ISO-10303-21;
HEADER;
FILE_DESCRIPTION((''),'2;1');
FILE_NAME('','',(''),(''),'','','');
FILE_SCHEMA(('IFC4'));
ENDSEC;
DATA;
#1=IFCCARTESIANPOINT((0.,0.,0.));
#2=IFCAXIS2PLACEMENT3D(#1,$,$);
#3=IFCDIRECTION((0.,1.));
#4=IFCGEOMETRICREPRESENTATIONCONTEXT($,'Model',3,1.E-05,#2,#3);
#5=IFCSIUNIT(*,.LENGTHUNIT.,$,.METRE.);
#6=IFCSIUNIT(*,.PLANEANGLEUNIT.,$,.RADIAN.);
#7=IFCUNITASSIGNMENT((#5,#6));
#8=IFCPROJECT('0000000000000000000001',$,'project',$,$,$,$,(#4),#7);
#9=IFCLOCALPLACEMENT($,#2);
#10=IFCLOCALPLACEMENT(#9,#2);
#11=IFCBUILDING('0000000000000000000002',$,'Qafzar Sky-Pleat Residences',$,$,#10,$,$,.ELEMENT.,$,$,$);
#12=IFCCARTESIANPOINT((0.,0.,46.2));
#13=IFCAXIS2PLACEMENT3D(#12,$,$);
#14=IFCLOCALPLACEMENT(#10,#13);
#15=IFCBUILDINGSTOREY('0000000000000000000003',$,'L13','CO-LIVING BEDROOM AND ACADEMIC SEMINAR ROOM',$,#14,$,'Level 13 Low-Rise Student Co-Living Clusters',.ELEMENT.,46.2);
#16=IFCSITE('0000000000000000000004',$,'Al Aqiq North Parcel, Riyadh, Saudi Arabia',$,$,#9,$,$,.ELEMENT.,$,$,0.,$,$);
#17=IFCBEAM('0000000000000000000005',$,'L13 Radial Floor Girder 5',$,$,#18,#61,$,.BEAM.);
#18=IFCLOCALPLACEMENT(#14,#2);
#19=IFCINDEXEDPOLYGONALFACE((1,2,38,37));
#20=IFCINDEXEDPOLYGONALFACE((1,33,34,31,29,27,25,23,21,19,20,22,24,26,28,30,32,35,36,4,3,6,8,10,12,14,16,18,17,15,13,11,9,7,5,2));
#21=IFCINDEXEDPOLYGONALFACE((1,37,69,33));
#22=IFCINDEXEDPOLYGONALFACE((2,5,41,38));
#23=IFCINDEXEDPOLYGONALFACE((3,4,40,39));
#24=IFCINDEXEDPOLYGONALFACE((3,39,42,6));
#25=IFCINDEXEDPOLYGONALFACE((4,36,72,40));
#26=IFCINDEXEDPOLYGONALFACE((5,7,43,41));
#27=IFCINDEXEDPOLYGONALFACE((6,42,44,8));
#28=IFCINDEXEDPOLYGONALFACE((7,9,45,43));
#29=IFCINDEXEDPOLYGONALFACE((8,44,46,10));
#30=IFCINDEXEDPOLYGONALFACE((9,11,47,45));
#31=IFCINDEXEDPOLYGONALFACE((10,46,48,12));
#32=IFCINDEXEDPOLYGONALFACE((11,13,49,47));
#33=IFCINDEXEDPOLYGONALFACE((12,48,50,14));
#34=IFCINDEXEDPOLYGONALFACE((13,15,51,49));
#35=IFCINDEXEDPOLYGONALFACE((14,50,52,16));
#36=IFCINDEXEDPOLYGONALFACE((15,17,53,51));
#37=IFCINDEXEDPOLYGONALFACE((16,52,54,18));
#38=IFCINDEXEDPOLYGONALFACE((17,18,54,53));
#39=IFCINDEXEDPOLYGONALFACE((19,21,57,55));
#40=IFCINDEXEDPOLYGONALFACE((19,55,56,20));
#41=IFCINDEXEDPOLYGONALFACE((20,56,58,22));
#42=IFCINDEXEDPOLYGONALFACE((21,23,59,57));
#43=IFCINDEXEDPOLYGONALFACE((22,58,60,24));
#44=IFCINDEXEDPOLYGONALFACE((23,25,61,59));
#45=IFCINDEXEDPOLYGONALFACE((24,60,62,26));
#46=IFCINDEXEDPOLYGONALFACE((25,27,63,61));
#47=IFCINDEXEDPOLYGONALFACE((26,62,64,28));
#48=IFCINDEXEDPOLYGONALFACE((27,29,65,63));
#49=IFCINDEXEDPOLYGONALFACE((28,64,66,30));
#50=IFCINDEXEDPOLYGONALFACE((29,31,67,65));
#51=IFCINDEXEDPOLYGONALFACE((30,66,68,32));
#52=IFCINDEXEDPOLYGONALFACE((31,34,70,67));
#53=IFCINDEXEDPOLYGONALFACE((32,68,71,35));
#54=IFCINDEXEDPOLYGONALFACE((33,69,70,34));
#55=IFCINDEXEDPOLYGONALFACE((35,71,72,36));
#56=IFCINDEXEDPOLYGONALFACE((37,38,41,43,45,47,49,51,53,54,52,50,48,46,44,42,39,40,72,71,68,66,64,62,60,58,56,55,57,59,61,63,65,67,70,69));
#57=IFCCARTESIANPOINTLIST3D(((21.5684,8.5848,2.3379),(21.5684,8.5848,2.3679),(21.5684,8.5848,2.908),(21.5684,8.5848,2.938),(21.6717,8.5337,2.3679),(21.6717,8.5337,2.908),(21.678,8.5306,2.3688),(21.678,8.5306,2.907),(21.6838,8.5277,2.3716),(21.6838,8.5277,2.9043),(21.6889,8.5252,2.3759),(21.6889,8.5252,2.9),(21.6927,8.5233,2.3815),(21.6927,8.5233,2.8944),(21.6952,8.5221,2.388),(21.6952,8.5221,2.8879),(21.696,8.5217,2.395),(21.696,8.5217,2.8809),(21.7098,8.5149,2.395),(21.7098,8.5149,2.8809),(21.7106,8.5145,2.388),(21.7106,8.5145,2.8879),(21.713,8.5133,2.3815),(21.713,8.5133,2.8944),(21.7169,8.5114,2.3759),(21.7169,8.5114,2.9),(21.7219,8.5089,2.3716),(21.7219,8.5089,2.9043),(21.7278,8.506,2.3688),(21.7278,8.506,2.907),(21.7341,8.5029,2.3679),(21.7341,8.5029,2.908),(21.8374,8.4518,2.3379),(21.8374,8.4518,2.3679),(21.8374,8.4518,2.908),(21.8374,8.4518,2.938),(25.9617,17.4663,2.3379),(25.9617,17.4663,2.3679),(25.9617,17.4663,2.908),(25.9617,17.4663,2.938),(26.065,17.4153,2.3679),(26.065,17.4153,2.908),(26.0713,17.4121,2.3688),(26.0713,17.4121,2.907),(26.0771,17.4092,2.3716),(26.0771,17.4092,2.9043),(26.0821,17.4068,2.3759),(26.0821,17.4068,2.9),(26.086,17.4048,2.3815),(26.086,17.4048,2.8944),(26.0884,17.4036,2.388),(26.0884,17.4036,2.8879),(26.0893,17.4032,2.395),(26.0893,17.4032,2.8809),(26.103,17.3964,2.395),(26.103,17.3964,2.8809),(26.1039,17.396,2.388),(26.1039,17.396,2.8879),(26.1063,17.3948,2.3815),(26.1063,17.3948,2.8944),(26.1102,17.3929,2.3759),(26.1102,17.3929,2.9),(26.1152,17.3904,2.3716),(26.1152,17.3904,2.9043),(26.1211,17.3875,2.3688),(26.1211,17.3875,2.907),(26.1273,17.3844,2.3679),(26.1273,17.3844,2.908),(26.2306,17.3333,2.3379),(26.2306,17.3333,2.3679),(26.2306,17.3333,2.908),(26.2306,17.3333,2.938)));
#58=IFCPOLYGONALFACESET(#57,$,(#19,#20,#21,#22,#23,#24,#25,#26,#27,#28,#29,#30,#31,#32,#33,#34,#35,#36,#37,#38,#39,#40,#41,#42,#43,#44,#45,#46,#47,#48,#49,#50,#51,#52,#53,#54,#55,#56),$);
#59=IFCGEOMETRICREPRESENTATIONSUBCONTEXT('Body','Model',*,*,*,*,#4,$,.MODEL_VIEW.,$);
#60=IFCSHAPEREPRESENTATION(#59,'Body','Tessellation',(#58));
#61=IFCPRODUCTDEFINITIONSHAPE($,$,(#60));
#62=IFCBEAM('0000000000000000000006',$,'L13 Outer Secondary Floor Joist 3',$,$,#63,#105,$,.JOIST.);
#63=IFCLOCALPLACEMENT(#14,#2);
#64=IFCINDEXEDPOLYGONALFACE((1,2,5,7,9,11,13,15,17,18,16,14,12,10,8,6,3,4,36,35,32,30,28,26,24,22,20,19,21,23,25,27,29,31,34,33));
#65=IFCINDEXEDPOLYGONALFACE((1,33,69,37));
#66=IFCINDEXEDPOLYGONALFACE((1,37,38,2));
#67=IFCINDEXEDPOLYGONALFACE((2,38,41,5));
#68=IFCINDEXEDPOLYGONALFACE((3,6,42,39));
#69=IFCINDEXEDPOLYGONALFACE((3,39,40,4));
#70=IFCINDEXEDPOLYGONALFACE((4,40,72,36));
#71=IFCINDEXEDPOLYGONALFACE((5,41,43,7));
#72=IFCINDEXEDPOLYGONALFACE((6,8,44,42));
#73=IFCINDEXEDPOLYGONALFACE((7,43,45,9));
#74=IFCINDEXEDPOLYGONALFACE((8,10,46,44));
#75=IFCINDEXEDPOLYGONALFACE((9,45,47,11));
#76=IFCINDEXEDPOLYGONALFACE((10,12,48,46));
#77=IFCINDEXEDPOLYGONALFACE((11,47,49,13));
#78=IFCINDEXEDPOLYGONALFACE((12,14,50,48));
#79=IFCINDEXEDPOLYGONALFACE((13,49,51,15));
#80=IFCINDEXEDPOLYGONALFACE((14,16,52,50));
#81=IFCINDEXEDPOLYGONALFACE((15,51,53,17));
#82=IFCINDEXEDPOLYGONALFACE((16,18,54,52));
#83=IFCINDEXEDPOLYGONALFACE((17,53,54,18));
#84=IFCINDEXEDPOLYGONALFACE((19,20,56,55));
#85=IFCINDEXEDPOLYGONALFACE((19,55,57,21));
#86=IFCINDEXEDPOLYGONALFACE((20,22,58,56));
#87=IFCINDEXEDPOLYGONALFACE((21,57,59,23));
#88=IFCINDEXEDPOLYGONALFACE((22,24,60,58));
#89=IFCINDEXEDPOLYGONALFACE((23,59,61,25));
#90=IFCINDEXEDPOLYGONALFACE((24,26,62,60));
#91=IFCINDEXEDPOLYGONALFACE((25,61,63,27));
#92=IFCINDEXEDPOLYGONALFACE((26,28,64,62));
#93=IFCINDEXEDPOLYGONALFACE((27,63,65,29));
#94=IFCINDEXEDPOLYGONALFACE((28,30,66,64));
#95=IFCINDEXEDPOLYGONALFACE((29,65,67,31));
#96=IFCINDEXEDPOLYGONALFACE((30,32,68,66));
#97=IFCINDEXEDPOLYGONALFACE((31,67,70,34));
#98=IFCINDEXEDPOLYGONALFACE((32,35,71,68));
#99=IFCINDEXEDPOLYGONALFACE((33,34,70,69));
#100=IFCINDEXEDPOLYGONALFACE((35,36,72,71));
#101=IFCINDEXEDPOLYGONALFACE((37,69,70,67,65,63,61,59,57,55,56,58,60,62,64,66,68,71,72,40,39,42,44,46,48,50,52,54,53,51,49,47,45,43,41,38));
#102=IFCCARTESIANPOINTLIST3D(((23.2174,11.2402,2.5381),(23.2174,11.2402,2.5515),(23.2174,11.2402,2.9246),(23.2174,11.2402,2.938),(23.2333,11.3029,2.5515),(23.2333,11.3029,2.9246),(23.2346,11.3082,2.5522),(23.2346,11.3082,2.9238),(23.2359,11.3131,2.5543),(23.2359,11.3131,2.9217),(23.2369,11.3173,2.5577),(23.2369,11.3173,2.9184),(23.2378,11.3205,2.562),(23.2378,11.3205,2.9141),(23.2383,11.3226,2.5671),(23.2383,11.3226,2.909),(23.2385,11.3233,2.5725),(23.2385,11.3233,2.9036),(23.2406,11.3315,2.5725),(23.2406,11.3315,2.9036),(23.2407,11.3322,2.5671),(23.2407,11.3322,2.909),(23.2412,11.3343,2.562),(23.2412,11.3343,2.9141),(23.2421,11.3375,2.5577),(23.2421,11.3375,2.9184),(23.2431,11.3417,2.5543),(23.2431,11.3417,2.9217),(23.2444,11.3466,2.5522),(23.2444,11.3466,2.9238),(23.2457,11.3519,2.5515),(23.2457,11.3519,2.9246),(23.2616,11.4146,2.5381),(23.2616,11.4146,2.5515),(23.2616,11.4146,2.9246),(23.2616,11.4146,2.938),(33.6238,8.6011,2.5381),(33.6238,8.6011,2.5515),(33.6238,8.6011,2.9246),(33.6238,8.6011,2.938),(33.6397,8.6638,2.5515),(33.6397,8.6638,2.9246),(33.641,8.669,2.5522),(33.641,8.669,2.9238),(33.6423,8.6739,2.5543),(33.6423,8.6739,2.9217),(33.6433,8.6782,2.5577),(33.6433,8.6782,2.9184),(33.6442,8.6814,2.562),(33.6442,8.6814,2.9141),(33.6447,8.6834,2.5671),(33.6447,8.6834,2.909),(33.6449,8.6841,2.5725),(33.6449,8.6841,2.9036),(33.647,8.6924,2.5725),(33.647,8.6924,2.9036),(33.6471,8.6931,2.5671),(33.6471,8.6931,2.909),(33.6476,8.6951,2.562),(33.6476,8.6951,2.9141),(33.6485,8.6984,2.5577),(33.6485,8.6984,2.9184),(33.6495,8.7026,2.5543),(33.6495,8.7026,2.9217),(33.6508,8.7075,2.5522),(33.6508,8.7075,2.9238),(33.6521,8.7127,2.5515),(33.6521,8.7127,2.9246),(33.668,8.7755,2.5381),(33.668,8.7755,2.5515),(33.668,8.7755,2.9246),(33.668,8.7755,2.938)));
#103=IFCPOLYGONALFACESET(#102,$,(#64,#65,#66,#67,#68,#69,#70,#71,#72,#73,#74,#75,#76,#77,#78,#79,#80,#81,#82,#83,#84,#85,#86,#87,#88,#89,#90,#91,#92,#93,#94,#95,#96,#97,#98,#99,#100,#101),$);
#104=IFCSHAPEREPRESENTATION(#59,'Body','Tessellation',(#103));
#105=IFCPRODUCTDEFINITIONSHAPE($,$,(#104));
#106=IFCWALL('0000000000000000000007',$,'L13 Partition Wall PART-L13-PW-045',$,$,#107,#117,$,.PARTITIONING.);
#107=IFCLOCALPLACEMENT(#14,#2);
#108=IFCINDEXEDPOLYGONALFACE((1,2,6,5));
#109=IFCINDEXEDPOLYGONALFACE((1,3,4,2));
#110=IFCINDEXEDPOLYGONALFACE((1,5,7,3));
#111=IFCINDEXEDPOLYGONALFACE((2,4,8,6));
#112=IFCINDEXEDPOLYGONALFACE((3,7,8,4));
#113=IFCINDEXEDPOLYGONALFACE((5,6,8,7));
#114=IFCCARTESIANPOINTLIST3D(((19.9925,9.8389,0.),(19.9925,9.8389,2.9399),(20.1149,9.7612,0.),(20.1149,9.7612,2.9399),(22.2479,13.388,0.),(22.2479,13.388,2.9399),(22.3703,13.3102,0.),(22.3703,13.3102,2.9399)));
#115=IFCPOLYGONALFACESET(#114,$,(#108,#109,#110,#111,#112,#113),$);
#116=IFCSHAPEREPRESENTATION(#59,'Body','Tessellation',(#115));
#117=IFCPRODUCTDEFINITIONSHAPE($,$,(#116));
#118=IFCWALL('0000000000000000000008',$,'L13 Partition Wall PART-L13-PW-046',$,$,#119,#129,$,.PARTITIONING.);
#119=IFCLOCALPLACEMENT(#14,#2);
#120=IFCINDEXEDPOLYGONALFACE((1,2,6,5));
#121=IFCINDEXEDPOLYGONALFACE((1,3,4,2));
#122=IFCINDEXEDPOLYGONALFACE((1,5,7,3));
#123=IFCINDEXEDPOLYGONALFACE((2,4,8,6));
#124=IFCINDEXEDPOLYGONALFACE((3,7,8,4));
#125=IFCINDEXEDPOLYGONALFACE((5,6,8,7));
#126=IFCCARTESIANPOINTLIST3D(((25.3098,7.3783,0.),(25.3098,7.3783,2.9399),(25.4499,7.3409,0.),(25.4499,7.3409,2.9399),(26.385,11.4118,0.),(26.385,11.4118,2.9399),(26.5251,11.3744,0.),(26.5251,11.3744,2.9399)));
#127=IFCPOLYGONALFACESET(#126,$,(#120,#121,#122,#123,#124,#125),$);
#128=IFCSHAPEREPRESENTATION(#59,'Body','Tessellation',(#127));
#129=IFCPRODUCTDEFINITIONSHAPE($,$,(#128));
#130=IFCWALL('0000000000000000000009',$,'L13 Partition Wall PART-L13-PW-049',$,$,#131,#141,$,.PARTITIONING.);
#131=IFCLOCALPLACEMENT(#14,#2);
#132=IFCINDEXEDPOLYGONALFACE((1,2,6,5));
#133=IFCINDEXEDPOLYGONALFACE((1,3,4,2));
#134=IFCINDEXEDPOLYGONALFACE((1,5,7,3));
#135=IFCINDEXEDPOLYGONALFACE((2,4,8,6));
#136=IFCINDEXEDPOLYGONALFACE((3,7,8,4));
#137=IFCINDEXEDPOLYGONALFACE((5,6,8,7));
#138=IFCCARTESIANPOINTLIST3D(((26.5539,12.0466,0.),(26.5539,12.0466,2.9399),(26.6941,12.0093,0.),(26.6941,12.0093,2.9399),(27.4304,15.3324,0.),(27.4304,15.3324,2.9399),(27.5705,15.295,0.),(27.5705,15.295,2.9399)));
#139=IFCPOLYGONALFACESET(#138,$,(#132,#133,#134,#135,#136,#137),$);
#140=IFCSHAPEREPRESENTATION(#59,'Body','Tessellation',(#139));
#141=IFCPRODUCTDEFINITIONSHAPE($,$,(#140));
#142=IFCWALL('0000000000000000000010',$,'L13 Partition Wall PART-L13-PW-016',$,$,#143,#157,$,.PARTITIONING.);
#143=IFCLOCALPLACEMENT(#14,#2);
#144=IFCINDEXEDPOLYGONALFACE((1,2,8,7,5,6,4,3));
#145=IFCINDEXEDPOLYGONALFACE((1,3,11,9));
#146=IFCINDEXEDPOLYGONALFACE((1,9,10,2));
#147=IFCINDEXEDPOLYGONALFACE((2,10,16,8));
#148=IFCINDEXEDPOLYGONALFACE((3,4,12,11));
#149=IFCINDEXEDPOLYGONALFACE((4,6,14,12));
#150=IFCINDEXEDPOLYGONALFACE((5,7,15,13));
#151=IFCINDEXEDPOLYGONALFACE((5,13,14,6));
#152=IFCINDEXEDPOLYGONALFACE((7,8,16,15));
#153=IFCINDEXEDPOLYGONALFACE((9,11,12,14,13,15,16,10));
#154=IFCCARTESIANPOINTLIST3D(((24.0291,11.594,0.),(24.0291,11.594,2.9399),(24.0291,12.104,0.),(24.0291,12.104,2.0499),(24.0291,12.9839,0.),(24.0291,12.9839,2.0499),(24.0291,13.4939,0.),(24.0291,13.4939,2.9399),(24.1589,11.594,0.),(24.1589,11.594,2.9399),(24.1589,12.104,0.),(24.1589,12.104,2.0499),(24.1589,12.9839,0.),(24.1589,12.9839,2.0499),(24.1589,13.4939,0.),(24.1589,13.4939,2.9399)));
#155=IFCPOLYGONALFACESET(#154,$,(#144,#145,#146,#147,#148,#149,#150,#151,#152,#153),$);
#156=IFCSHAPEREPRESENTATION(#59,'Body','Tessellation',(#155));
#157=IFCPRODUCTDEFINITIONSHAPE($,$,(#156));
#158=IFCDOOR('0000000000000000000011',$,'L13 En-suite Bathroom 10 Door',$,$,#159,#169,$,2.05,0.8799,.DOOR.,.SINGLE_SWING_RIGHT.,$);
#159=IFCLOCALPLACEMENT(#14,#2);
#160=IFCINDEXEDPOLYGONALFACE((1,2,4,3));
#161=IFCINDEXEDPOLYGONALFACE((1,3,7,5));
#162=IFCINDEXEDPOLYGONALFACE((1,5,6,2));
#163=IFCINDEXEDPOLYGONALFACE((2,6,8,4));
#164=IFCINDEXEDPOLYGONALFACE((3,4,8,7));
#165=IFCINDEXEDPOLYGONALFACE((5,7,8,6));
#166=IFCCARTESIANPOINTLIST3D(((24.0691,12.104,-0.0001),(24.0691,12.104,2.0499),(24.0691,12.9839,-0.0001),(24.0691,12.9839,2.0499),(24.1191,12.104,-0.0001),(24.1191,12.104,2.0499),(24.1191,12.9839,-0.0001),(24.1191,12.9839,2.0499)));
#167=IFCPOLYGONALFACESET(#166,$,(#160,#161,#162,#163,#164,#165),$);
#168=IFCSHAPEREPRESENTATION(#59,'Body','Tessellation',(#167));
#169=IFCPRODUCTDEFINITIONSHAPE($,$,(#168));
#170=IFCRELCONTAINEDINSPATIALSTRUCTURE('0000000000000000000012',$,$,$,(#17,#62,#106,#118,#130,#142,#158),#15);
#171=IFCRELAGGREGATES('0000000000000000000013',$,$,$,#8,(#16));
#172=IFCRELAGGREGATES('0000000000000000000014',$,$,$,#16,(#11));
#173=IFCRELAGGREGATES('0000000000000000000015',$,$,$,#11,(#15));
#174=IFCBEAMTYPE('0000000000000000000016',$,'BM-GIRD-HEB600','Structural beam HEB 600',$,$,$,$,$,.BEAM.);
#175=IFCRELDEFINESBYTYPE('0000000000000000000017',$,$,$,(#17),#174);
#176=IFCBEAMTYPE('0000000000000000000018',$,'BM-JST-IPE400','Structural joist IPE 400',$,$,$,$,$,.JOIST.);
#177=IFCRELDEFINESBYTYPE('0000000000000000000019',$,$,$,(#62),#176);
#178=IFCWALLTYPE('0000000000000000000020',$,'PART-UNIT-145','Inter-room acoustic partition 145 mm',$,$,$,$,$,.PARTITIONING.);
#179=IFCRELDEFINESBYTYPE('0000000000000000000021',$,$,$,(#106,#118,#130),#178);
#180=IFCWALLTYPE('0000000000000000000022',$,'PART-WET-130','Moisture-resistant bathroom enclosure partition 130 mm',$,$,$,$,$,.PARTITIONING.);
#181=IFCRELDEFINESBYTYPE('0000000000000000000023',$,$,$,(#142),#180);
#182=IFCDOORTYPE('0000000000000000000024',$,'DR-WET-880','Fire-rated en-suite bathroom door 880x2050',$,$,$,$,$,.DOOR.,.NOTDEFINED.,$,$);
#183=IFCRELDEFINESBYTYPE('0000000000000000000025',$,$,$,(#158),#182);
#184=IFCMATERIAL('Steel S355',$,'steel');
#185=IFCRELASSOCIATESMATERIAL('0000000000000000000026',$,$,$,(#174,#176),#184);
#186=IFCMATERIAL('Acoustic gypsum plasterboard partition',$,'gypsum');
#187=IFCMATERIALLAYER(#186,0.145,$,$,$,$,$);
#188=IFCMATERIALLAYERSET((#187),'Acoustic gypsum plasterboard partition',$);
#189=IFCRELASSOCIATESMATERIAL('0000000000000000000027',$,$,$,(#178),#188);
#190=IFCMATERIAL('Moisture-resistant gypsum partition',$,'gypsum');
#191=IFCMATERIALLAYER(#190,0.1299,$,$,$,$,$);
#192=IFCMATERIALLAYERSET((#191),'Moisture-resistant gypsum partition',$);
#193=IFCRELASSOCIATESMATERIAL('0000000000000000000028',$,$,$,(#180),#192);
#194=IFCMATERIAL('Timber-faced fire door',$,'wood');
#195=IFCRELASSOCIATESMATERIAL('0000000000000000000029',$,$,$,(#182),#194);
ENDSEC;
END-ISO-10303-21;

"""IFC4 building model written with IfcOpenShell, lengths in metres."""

from ifc_helpers import new_model, si_unit, direction, frame, frame_2d, origin, origin_2d, place, context, subcontext, project, spatial, rectangle, i_section, extrude, source, transform, mapped, material, layer, layer_set, material_profile, profile_set, type_object, element, fill, save


model = new_model("IFC4")

# Units and contexts
model_context = context("Model", 3, precision=1e-05, world=origin(), true_north=direction((0.0, 1.0)))
body_context = subcontext(model_context, "Body", "Model", "MODEL_VIEW")
ifc_project = project(units=[si_unit("LENGTHUNIT", "METRE"), si_unit("PLANEANGLEUNIT", "RADIAN")], contexts=[model_context])

# Site, building, storey
site_placement = place(None, origin())
site = spatial("IfcSite", under=ifc_project, at=site_placement, Name="Al Aqiq North Parcel, Riyadh, Saudi Arabia", CompositionType="ELEMENT", RefElevation=0.0)
building_placement = place(site_placement, origin())
building = spatial("IfcBuilding", under=site, at=building_placement, Name="Qafzar Sky-Pleat Residences", CompositionType="ELEMENT")
storey_placement = place(building_placement, frame((0.0, 0.0, 46.2)))
storey = spatial("IfcBuildingStorey", under=building, at=storey_placement, Name="L13", Description="CO-LIVING BEDROOM AND ACADEMIC SEMINAR ROOM", LongName="Level 13 Low-Rise Student Co-Living Clusters", CompositionType="ELEMENT", Elevation=46.2)

# Beams
ifc_material_1 = material(Name="Steel S355", Category="steel")
ifc_material_profile_1 = material_profile(ifc_material_1, i_section(OverallWidth=0.3, OverallDepth=0.6001, WebThickness=0.0154, FlangeThickness=0.03, FilletRadius=0.0271, at=origin_2d()), Name="HEB 600")
ifc_profile_set_1 = profile_set([ifc_material_profile_1], Name="Steel S355")
beam_type_1 = type_object("IfcBeamType", Name="BM-GIRD-HEB600", Description="Structural beam HEB 600", PredefinedType="BEAM", material=ifc_profile_set_1)
shared_shape_1 = source(origin(), body_context, "Body", "SweptSolid", [
    extrude(i_section(OverallWidth=0.3, OverallDepth=0.6001, WebThickness=0.0154, FlangeThickness=0.03, FilletRadius=0.0271, at=origin_2d()), origin(), (0.0, 0.0, 1.0), 9.9087),
])
beam_1_placement = place(storey_placement, frame((21.7029, 8.5183, 2.6379), z_axis=(0.443376, 0.896336, 0.0), x_axis=(-0.896336, 0.443376, 0.0)))
element("IfcBeam", 1, at=beam_1_placement, inside=storey, type_object=beam_type_1, Name="L13 Radial Floor Girder 5", PredefinedType="BEAM", context=body_context, shape_type="MappedRepresentation", body=[
    mapped(shared_shape_1, transform((0.0, 0.0, 0.0), x_axis=(1.0, 0.0, 0.0), y_axis=(0.0, 1.0, 0.0), z_axis=(0.0, 0.0, 1.0), scale=1.0)),
])
ifc_material_profile_2 = material_profile(ifc_material_1, i_section(OverallWidth=0.1799, OverallDepth=0.3999, WebThickness=0.0085, FlangeThickness=0.0134, FilletRadius=0.021, at=origin_2d()), Name="IPE 400")
ifc_profile_set_2 = profile_set([ifc_material_profile_2], Name="Steel S355")
beam_type_2 = type_object("IfcBeamType", Name="BM-JST-IPE400", Description="Structural joist IPE 400", PredefinedType="JOIST", material=ifc_profile_set_2)
shared_shape_2 = source(origin(), body_context, "Body", "SweptSolid", [
    extrude(i_section(OverallWidth=0.1799, OverallDepth=0.3999, WebThickness=0.0085, FlangeThickness=0.0134, FilletRadius=0.021, at=origin_2d()), origin(), (0.0, 0.0, 1.0), 10.7358),
])
beam_2_placement = place(storey_placement, frame((23.2395, 11.3274, 2.738), z_axis=(0.969314, -0.245825, 0.0), x_axis=(0.245825, 0.969314, 0.0)))
element("IfcBeam", 2, at=beam_2_placement, inside=storey, type_object=beam_type_2, Name="L13 Outer Secondary Floor Joist 3", PredefinedType="JOIST", context=body_context, shape_type="MappedRepresentation", body=[
    mapped(shared_shape_2, transform((0.0, 0.0, 0.0), x_axis=(1.0, 0.0, 0.0), y_axis=(0.0, 1.0, 0.0), z_axis=(0.0, 0.0, 1.0), scale=1.0)),
])

# Walls
ifc_material_2 = material(Name="Acoustic gypsum plasterboard partition", Category="gypsum")
ifc_layer_1 = layer(ifc_material_2, 0.145)
ifc_layer_set_1 = layer_set([ifc_layer_1], Name="Acoustic gypsum plasterboard partition")
wall_type_1 = type_object("IfcWallType", Name="PART-UNIT-145", Description="Inter-room acoustic partition 145 mm", PredefinedType="PARTITIONING", material=ifc_layer_set_1)
wall_1_placement = place(storey_placement, frame((20.0537, 9.8, 0.0), z_axis=(0.0, 0.0, 1.0), x_axis=(0.536346, 0.843998, 0.0)))
element("IfcWall", 3, at=wall_1_placement, inside=storey, type_object=wall_type_1, Name="L13 Partition Wall PART-L13-PW-045", PredefinedType="PARTITIONING", context=body_context, shape_type="SweptSolid", body=[
    extrude(rectangle(XDim=4.2051, YDim=0.145, at=frame_2d((2.1025, 0.0))), origin(), (0.0, 0.0, 1.0), 2.9399),
])
wall_2_placement = place(storey_placement, frame((25.3799, 7.3596, 0.0), z_axis=(0.0, 0.0, 1.0), x_axis=(0.257575, 0.966258, 0.0)))
element("IfcWall", 4, at=wall_2_placement, inside=storey, type_object=wall_type_1, Name="L13 Partition Wall PART-L13-PW-046", PredefinedType="PARTITIONING", context=body_context, shape_type="SweptSolid", body=[
    extrude(rectangle(XDim=4.1743, YDim=0.145, at=frame_2d((2.0872, 0.0))), origin(), (0.0, 0.0, 1.0), 2.9399),
])
wall_3_placement = place(storey_placement, frame((26.624, 12.0281, 0.0), z_axis=(0.0, 0.0, 1.0), x_axis=(0.257743, 0.966213, 0.0)))
element("IfcWall", 5, at=wall_3_placement, inside=storey, type_object=wall_type_1, Name="L13 Partition Wall PART-L13-PW-049", PredefinedType="PARTITIONING", context=body_context, shape_type="SweptSolid", body=[
    extrude(rectangle(XDim=3.4006, YDim=0.145, at=frame_2d((1.7002, 0.0))), origin(), (0.0, 0.0, 1.0), 2.9399),
])

# Wall, opening, door
ifc_material_3 = material(Name="Moisture-resistant gypsum partition", Category="gypsum")
ifc_layer_2 = layer(ifc_material_3, 0.1299)
ifc_layer_set_2 = layer_set([ifc_layer_2], Name="Moisture-resistant gypsum partition")
wall_type_2 = type_object("IfcWallType", Name="PART-WET-130", Description="Moisture-resistant bathroom enclosure partition 130 mm", PredefinedType="PARTITIONING", material=ifc_layer_set_2)
wall_4_placement = place(storey_placement, frame((24.094, 11.594, 0.0), z_axis=(0.0, 0.0, 1.0), x_axis=(0.0, 1.0, 0.0)))
wall_4 = element("IfcWall", 6, at=wall_4_placement, inside=storey, type_object=wall_type_2, Name="L13 Partition Wall PART-L13-PW-016", PredefinedType="PARTITIONING", context=body_context, shape_type="SweptSolid", body=[
    extrude(rectangle(XDim=1.8999, YDim=0.1299, at=frame_2d((0.95, 0.0))), origin(), (0.0, 0.0, 1.0), 2.9399),
])
opening_1_placement = place(wall_4_placement, frame((0.51, 0.0, 0.0)))
opening_1 = element("IfcOpeningElement", 7, at=opening_1_placement, cuts=wall_4, PredefinedType="OPENING", context=body_context, shape_type="SweptSolid", body=[
    extrude(rectangle(XDim=0.8799, YDim=2.05, at=frame_2d((0.4399, 1.0249))), frame((0.0, 0.075, 0.0), z_axis=(0.0, -1.0, 0.0), x_axis=(1.0, 0.0, 0.0)), (0.0, 0.0, 1.0), 0.1499),
])
ifc_material_4 = material(Name="Timber-faced fire door", Category="wood")
door_type = type_object("IfcDoorType", Name="DR-WET-880", Description="Fire-rated en-suite bathroom door 880x2050", OperationType="NOTDEFINED", PredefinedType="DOOR", material=ifc_material_4)
shared_shape_3 = source(origin(), body_context, "Body", "SweptSolid", [
    extrude(rectangle(XDim=0.8799, YDim=2.05, at=frame_2d((0.4399, 1.0249))), frame((0.0, 0.0249, 0.0), z_axis=(0.0, -1.0, 0.0), x_axis=(1.0, 0.0, 0.0)), (0.0, 0.0, 1.0), 0.05),
])
door_placement = place(opening_1_placement, origin())
door = element("IfcDoor", 8, at=door_placement, inside=storey, type_object=door_type, Name="L13 En-suite Bathroom 10 Door", OperationType="SINGLE_SWING_RIGHT", OverallHeight=2.05, OverallWidth=0.8799, PredefinedType="DOOR", context=body_context, shape_type="MappedRepresentation", body=[
    mapped(shared_shape_3, transform((0.0, 0.0, 0.0), x_axis=(1.0, 0.0, 0.0), y_axis=(0.0, 1.0, 0.0), z_axis=(0.0, 0.0, 1.0), scale=1.0)),
])
fill(opening_1, door)

save(model, "model.ifc")
